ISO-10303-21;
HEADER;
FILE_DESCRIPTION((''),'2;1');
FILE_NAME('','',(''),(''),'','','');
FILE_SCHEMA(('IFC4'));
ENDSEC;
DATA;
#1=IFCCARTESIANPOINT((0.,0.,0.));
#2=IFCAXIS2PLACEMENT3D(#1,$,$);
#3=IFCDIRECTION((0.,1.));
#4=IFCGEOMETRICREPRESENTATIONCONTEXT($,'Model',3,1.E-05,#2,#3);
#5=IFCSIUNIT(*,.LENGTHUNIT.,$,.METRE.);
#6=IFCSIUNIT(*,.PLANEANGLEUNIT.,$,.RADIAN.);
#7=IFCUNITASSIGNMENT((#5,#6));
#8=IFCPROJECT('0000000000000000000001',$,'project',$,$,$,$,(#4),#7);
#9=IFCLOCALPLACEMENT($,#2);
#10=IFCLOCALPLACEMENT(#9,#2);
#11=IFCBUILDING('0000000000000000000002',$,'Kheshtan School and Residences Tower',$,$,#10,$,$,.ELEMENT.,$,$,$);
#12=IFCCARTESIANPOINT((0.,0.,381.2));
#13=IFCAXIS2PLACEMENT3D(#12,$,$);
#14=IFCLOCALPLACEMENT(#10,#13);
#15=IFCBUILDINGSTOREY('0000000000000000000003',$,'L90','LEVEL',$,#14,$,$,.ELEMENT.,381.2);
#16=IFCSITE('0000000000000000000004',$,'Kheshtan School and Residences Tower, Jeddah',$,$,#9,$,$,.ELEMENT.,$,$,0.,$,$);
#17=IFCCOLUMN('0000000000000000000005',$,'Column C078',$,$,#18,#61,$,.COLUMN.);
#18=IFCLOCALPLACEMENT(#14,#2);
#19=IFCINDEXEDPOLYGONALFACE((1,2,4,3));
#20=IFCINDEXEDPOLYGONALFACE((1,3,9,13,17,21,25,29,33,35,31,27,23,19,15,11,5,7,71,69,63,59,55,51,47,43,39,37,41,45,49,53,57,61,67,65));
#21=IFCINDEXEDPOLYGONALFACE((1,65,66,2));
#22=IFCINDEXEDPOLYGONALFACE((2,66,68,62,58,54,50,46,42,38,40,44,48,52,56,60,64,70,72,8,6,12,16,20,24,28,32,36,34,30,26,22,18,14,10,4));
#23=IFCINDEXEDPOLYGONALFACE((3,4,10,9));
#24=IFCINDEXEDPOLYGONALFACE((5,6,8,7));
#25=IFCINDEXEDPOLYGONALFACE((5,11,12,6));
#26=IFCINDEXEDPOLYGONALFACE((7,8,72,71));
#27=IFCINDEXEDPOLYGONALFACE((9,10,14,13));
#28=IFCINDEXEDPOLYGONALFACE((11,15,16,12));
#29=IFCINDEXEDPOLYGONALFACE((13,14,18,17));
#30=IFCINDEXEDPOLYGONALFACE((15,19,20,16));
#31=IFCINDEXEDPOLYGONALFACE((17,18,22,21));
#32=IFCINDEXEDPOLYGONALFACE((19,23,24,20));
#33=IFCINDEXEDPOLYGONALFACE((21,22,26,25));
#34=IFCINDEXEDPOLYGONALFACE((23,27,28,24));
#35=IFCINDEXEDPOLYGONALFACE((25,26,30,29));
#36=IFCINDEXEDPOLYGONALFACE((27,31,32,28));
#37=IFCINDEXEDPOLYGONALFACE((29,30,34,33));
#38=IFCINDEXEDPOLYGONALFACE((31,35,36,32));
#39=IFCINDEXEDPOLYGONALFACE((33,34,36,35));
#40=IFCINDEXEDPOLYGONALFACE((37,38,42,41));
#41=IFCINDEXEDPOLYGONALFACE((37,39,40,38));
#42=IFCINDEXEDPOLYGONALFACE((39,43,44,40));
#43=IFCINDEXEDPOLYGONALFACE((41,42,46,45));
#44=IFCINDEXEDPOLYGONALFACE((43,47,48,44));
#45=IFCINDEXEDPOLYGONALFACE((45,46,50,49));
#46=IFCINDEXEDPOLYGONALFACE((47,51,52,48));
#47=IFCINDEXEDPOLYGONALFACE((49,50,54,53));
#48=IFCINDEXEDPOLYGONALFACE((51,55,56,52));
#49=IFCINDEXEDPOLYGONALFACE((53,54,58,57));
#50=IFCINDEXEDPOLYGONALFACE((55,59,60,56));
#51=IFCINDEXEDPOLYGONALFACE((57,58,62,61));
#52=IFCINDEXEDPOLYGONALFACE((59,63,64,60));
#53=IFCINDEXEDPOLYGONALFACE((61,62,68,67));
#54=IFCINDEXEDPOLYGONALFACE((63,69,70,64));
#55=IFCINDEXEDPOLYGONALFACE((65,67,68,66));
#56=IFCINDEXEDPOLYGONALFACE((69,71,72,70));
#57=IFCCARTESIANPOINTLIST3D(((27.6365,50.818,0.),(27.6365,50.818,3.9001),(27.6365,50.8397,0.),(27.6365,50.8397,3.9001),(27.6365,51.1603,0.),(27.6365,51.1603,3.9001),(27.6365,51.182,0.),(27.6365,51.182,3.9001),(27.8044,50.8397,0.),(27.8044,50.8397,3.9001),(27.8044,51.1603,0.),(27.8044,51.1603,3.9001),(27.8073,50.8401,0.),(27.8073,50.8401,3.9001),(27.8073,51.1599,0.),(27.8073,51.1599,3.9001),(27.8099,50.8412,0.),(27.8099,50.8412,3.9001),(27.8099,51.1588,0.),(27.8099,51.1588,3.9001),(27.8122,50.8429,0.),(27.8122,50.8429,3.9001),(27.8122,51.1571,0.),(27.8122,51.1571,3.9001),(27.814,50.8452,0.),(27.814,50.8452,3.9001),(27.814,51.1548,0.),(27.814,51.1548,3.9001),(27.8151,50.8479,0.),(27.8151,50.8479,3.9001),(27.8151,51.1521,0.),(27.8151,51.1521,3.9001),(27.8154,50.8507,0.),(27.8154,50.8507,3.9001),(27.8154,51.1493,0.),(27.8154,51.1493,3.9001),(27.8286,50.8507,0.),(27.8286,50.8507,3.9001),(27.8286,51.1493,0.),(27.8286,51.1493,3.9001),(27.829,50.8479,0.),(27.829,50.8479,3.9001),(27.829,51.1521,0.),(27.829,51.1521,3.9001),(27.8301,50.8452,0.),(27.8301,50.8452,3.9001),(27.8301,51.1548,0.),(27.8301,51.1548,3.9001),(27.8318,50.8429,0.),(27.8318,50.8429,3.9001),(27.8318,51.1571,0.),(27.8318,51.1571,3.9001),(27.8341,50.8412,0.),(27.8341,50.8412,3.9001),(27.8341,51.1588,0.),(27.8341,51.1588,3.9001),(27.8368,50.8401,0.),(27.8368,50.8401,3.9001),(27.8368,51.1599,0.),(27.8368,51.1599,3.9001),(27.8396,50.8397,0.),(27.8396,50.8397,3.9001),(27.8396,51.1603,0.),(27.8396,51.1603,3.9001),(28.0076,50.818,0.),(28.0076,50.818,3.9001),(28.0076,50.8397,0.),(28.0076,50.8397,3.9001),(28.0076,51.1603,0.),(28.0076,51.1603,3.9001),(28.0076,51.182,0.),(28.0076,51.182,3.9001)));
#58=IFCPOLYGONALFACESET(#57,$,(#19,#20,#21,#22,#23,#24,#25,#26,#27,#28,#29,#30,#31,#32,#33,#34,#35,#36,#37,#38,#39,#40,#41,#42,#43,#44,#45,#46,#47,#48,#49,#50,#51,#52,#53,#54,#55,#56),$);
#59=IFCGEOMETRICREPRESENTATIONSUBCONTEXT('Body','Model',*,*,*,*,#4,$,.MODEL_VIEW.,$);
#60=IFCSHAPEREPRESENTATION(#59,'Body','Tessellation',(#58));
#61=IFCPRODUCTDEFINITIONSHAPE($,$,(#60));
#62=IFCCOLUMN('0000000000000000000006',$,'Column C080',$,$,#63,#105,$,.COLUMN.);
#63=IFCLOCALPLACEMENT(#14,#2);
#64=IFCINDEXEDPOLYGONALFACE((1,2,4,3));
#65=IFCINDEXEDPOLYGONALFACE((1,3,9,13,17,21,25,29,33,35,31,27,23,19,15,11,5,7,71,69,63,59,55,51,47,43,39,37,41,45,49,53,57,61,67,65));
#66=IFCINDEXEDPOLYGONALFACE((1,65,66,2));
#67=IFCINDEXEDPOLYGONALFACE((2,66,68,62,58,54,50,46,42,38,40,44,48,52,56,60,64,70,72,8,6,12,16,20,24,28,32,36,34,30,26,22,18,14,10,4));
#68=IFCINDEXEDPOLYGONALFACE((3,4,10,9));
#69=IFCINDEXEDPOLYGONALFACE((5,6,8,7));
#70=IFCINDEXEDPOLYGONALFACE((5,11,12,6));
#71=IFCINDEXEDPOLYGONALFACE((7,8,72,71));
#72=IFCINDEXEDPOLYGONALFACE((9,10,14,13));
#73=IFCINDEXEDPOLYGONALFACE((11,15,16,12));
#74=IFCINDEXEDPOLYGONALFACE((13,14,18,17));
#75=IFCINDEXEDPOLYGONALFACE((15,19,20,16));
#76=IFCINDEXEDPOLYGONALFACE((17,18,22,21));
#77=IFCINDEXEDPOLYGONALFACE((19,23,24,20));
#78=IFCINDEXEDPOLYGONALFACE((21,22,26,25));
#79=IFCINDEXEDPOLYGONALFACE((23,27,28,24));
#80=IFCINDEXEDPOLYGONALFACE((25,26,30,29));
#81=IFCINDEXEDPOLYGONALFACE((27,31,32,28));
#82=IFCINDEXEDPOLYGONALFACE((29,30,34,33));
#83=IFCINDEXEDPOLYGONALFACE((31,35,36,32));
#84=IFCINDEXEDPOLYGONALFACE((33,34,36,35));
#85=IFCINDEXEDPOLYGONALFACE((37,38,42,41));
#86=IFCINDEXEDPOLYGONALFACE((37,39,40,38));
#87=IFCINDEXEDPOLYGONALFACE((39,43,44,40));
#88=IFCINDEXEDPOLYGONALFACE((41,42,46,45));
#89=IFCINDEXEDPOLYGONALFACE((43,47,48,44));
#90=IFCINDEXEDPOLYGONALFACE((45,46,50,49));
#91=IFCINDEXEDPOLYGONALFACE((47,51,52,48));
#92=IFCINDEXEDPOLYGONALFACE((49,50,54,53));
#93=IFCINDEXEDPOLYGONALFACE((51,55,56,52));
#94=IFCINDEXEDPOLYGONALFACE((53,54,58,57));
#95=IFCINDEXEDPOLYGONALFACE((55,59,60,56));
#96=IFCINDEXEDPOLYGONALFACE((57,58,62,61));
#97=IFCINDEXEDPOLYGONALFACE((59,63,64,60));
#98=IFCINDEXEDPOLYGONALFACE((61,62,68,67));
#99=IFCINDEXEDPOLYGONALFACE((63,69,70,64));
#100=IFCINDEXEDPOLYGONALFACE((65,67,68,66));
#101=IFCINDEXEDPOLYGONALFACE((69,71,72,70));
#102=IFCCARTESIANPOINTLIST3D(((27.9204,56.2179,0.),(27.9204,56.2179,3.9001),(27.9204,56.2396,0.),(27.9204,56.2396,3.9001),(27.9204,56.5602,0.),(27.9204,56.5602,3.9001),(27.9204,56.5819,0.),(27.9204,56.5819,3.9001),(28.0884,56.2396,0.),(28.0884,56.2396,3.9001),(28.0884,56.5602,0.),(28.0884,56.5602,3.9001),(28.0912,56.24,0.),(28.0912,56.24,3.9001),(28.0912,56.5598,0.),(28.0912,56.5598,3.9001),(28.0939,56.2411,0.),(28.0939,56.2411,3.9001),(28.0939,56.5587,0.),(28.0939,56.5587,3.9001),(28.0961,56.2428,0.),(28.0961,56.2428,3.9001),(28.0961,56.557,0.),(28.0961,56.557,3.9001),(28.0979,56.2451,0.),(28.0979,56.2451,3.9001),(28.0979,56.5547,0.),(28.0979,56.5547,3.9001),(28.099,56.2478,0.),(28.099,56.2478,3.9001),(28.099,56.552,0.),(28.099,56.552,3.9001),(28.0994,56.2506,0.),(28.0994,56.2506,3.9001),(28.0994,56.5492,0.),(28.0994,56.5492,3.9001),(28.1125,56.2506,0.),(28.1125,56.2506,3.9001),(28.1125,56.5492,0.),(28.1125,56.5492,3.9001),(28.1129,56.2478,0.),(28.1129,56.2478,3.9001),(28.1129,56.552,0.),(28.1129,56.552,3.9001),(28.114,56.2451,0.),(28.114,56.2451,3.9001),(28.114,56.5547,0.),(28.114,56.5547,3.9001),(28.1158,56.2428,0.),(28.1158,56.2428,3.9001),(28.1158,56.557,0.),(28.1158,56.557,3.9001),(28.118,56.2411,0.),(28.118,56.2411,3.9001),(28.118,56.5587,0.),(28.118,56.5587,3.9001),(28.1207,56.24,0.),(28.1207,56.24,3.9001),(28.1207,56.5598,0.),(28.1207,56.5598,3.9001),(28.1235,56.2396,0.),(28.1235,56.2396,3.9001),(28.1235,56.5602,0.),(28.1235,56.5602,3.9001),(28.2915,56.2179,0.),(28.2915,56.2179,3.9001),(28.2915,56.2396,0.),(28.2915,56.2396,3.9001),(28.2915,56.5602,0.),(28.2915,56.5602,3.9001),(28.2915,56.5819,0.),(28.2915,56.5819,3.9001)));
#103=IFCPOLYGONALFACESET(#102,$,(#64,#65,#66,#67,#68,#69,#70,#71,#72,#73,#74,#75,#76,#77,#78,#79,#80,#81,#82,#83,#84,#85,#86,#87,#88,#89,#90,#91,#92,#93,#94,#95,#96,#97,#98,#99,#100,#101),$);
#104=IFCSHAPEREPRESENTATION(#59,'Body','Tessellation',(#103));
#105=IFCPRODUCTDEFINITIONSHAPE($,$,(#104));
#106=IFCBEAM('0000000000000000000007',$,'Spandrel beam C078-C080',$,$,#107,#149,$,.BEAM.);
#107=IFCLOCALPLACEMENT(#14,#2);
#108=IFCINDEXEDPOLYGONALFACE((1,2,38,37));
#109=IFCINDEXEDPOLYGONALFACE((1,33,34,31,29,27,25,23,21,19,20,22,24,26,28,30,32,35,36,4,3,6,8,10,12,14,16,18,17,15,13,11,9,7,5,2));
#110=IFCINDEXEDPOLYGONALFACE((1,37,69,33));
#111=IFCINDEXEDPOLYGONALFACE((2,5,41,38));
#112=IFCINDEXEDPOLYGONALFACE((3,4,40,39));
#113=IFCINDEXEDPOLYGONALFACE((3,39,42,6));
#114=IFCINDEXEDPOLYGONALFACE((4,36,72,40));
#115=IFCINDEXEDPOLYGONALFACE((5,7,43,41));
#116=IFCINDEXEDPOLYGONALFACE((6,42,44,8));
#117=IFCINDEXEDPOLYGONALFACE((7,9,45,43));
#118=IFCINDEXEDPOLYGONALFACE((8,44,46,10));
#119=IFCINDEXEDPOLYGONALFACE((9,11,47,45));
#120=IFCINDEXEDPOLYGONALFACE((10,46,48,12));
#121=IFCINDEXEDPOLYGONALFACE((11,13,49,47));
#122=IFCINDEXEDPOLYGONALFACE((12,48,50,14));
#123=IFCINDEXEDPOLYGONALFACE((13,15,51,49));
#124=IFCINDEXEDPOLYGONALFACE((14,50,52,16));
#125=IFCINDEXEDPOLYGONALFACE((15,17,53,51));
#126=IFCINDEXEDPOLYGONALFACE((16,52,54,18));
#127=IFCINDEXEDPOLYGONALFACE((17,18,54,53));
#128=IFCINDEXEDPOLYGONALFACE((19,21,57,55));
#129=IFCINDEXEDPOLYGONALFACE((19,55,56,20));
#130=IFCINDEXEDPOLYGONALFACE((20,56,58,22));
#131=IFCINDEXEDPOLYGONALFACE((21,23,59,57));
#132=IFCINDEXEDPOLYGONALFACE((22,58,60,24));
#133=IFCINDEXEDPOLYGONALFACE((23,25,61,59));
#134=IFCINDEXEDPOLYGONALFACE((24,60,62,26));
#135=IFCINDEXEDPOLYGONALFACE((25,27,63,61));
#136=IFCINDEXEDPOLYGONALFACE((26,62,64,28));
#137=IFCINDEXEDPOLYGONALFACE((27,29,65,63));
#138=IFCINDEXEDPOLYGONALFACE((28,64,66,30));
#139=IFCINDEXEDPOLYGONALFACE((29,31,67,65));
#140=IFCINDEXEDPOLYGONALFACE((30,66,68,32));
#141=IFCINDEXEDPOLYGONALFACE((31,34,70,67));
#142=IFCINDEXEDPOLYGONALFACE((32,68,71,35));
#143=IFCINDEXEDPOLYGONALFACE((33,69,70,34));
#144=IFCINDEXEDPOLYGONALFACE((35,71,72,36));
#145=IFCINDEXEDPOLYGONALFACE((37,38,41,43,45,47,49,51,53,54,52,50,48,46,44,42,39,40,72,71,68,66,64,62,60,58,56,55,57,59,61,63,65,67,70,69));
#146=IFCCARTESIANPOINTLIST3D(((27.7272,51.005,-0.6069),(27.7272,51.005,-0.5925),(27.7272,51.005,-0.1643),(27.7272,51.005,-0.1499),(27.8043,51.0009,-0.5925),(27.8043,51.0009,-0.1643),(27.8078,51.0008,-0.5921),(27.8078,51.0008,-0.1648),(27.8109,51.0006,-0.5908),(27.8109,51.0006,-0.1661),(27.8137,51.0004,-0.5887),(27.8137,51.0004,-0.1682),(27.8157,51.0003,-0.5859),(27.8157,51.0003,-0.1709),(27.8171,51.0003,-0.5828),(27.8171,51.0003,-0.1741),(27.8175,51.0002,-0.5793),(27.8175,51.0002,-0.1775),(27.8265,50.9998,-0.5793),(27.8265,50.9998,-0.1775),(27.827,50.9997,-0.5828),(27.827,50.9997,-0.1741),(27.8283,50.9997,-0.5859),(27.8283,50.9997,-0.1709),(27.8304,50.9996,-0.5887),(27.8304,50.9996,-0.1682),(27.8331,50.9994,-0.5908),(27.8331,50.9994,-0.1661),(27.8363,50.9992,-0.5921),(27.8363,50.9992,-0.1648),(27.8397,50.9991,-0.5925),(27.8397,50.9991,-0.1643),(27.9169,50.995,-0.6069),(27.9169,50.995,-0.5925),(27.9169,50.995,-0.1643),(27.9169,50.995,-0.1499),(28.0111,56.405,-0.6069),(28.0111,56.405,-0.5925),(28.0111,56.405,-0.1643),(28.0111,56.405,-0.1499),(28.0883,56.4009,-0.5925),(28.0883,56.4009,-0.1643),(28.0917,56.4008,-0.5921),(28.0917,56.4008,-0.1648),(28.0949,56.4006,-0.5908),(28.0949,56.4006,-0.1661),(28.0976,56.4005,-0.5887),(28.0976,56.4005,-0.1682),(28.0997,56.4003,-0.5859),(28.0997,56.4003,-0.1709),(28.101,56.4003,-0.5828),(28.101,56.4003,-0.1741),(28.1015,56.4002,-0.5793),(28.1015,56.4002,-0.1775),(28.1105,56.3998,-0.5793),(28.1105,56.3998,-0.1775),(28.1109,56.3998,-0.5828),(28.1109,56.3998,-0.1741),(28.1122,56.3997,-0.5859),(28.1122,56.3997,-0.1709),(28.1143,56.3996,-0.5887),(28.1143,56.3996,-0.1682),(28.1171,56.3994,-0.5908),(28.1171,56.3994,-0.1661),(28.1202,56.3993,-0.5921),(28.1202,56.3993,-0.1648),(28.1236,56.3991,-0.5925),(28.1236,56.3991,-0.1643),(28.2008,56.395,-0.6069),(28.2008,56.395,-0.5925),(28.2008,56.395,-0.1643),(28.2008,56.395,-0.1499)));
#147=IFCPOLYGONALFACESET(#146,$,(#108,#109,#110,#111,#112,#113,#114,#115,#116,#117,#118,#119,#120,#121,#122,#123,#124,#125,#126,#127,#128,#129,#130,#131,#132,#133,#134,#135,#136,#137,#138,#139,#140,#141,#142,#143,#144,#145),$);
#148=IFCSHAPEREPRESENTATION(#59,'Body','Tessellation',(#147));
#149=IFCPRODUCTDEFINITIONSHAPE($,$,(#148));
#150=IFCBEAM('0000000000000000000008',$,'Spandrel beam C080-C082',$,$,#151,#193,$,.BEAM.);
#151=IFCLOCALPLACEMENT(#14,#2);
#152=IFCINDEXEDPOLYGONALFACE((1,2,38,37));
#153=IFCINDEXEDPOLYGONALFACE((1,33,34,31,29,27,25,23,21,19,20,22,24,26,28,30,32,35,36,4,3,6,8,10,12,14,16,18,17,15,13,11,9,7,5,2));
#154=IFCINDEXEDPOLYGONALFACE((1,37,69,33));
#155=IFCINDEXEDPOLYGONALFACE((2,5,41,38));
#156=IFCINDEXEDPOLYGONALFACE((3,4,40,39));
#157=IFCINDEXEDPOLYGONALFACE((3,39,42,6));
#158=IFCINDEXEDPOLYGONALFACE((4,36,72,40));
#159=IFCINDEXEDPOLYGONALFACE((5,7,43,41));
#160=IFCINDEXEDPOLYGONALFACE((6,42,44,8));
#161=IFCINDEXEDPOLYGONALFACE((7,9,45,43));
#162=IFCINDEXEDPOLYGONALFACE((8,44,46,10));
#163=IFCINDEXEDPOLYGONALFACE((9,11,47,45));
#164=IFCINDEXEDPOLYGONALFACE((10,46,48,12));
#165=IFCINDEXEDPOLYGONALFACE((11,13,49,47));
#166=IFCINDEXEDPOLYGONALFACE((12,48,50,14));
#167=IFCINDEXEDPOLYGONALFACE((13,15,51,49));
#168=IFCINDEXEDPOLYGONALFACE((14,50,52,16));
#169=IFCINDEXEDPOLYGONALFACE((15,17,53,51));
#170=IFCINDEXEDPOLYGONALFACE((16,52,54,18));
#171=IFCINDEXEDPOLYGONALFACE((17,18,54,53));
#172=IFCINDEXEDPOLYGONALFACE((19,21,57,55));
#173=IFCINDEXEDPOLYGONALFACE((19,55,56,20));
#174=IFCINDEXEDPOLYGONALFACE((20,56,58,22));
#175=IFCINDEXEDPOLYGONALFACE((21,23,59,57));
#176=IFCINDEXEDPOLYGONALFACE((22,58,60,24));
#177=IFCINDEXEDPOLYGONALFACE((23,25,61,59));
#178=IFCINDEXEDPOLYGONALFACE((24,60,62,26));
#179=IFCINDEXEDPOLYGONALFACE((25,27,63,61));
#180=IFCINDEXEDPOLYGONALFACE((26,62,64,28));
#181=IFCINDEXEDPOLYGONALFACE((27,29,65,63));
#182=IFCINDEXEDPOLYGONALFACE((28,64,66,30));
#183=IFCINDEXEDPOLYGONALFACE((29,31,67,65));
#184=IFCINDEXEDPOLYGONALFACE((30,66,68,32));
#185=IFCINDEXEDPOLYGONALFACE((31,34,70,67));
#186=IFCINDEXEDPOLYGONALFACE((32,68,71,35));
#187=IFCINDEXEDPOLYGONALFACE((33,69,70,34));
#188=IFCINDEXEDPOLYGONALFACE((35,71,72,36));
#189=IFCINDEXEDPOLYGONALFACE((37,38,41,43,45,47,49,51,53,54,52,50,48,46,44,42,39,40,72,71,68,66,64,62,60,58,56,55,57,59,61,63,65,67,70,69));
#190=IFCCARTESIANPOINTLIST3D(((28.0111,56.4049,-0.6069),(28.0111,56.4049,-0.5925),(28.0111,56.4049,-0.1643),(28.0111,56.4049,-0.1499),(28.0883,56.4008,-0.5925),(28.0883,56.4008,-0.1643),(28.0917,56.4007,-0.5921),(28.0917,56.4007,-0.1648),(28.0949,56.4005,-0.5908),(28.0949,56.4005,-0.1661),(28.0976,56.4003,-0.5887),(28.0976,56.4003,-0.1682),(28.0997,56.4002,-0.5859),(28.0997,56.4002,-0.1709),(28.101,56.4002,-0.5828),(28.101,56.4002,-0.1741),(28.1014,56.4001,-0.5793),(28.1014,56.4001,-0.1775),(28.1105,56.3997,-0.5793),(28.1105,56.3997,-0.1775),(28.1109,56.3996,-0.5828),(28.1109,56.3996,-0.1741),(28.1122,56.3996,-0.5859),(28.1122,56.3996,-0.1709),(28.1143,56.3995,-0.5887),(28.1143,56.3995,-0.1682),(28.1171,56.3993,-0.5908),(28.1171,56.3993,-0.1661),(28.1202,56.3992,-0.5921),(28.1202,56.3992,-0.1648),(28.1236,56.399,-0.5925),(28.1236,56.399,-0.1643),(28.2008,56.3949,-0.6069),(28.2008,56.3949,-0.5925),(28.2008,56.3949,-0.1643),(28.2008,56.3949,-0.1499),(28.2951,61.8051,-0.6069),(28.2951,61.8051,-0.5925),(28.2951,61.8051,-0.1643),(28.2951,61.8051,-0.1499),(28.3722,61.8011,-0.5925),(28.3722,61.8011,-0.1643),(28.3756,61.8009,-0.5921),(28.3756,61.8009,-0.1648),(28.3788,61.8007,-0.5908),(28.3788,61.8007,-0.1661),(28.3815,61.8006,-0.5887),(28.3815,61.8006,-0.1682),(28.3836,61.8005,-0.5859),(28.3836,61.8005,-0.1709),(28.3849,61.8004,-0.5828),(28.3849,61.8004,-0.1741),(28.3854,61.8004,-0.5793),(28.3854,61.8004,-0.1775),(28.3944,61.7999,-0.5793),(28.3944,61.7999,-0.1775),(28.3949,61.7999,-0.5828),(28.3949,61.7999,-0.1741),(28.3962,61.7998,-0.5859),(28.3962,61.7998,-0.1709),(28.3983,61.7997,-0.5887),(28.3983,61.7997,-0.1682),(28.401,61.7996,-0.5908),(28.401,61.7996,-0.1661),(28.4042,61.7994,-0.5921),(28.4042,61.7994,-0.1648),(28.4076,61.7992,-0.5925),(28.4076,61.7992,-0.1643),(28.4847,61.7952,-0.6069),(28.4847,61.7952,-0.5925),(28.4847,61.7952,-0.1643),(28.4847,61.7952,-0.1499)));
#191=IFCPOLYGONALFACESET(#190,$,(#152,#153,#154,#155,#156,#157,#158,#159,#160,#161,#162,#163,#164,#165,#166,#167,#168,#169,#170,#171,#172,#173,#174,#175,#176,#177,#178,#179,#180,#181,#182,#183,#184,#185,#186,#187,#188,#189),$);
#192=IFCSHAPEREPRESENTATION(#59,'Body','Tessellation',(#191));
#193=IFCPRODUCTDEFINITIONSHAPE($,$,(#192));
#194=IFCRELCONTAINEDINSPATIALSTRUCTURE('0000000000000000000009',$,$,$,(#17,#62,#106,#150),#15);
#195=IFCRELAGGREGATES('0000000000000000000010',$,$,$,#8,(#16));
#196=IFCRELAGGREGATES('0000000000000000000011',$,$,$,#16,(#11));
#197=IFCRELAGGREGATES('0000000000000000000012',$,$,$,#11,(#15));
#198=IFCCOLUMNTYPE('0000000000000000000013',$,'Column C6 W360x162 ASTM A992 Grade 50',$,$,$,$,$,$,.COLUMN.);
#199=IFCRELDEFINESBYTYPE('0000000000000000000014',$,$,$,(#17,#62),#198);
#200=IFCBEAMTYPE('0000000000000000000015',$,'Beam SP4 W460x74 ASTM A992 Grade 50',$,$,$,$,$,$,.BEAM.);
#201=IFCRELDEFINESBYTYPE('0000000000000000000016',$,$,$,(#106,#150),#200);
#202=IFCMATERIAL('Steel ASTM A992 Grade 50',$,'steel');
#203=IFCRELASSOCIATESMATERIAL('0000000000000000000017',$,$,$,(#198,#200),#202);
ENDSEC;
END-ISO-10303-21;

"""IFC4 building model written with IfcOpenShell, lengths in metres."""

from ifc_helpers import new_model, si_unit, direction, frame, origin, origin_2d, place, context, subcontext, project, spatial, i_section, extrude, material, material_profile, profile_set, type_object, element, save


model = new_model("IFC4")

# Units and contexts
model_context = context("Model", 3, precision=1e-05, world=origin(), true_north=direction((0.0, 1.0)))
body_context = subcontext(model_context, "Body", "Model", "MODEL_VIEW")
ifc_project = project(units=[si_unit("LENGTHUNIT", "METRE"), si_unit("PLANEANGLEUNIT", "RADIAN")], contexts=[model_context])

# Site, building, storey
site_placement = place(None, origin())
site = spatial("IfcSite", under=ifc_project, at=site_placement, Name="Kheshtan School and Residences Tower, Jeddah", CompositionType="ELEMENT", RefElevation=0.0)
building_placement = place(site_placement, origin())
building = spatial("IfcBuilding", under=site, at=building_placement, Name="Kheshtan School and Residences Tower", CompositionType="ELEMENT")
storey_placement = place(building_placement, frame((0.0, 0.0, 381.2)))
storey = spatial("IfcBuildingStorey", under=building, at=storey_placement, Name="L90", Description="LEVEL", CompositionType="ELEMENT", Elevation=381.2)

# Columns
ifc_material_1 = material(Name="Steel ASTM A992 Grade 50", Category="steel")
ifc_material_profile_1 = material_profile(ifc_material_1, i_section(OverallWidth=0.3711, OverallDepth=0.364, WebThickness=0.0132, FlangeThickness=0.0217, FilletRadius=0.011, at=origin_2d()), Name="W360x162")
ifc_profile_set_1 = profile_set([ifc_material_profile_1], Name="Steel ASTM A992 Grade 50")
column_type = type_object("IfcColumnType", Name="Column C6 W360x162 ASTM A992 Grade 50", PredefinedType="COLUMN", material=ifc_profile_set_1)
for number, where, z_axis, x_axis, name in (
    (1, (27.822, 51.0, 0.0), (0.0, 0.0, 1.0), (1.0, 0.0, 0.0), "Column C078"),
    (2, (28.106, 56.3999, 0.0), (0.0, 0.0, 1.0), (1.0, 0.0, 0.0), "Column C080"),
):
    element("IfcColumn", number, at=place(storey_placement, frame(where, z_axis=z_axis, x_axis=x_axis)), inside=storey, type_object=column_type, Name=name, PredefinedType="COLUMN", context=body_context, shape_type="SweptSolid", body=[
        extrude(i_section(OverallWidth=0.3711, OverallDepth=0.364, WebThickness=0.0132, FlangeThickness=0.0217, FilletRadius=0.011, at=origin_2d()), origin(), (0.0, 0.0, 1.0), 3.9001),
    ])

# Beams
ifc_material_profile_2 = material_profile(ifc_material_1, i_section(OverallWidth=0.1899, OverallDepth=0.457, WebThickness=0.009, FlangeThickness=0.0144, FilletRadius=0.0132, at=origin_2d()), Name="W460x74")
ifc_profile_set_2 = profile_set([ifc_material_profile_2], Name="Steel ASTM A992 Grade 50")
beam_type = type_object("IfcBeamType", Name="Beam SP4 W460x74 ASTM A992 Grade 50", PredefinedType="BEAM", material=ifc_profile_set_2)
beam_1_placement = place(storey_placement, frame((27.822, 51.0, -0.3784), z_axis=(0.052509, 0.99862, 0.0), x_axis=(-0.99862, 0.052509, 0.0)))
element("IfcBeam", 3, at=beam_1_placement, inside=storey, type_object=beam_type, Name="Spandrel beam C078-C080", PredefinedType="BEAM", context=body_context, shape_type="SweptSolid", body=[
    extrude(i_section(OverallWidth=0.1899, OverallDepth=0.457, WebThickness=0.009, FlangeThickness=0.0144, FilletRadius=0.0132, at=origin_2d()), origin(), (0.0, 0.0, 1.0), 5.4075),
])
beam_2_placement = place(storey_placement, frame((28.106, 56.3999, -0.3784), z_axis=(0.052507, 0.998621, 0.0), x_axis=(-0.998621, 0.052507, 0.0)))
element("IfcBeam", 4, at=beam_2_placement, inside=storey, type_object=beam_type, Name="Spandrel beam C080-C082", PredefinedType="BEAM", context=body_context, shape_type="SweptSolid", body=[
    extrude(i_section(OverallWidth=0.1899, OverallDepth=0.457, WebThickness=0.009, FlangeThickness=0.0144, FilletRadius=0.0132, at=origin_2d()), origin(), (0.0, 0.0, 1.0), 5.4077),
])

save(model, "model.ifc")
